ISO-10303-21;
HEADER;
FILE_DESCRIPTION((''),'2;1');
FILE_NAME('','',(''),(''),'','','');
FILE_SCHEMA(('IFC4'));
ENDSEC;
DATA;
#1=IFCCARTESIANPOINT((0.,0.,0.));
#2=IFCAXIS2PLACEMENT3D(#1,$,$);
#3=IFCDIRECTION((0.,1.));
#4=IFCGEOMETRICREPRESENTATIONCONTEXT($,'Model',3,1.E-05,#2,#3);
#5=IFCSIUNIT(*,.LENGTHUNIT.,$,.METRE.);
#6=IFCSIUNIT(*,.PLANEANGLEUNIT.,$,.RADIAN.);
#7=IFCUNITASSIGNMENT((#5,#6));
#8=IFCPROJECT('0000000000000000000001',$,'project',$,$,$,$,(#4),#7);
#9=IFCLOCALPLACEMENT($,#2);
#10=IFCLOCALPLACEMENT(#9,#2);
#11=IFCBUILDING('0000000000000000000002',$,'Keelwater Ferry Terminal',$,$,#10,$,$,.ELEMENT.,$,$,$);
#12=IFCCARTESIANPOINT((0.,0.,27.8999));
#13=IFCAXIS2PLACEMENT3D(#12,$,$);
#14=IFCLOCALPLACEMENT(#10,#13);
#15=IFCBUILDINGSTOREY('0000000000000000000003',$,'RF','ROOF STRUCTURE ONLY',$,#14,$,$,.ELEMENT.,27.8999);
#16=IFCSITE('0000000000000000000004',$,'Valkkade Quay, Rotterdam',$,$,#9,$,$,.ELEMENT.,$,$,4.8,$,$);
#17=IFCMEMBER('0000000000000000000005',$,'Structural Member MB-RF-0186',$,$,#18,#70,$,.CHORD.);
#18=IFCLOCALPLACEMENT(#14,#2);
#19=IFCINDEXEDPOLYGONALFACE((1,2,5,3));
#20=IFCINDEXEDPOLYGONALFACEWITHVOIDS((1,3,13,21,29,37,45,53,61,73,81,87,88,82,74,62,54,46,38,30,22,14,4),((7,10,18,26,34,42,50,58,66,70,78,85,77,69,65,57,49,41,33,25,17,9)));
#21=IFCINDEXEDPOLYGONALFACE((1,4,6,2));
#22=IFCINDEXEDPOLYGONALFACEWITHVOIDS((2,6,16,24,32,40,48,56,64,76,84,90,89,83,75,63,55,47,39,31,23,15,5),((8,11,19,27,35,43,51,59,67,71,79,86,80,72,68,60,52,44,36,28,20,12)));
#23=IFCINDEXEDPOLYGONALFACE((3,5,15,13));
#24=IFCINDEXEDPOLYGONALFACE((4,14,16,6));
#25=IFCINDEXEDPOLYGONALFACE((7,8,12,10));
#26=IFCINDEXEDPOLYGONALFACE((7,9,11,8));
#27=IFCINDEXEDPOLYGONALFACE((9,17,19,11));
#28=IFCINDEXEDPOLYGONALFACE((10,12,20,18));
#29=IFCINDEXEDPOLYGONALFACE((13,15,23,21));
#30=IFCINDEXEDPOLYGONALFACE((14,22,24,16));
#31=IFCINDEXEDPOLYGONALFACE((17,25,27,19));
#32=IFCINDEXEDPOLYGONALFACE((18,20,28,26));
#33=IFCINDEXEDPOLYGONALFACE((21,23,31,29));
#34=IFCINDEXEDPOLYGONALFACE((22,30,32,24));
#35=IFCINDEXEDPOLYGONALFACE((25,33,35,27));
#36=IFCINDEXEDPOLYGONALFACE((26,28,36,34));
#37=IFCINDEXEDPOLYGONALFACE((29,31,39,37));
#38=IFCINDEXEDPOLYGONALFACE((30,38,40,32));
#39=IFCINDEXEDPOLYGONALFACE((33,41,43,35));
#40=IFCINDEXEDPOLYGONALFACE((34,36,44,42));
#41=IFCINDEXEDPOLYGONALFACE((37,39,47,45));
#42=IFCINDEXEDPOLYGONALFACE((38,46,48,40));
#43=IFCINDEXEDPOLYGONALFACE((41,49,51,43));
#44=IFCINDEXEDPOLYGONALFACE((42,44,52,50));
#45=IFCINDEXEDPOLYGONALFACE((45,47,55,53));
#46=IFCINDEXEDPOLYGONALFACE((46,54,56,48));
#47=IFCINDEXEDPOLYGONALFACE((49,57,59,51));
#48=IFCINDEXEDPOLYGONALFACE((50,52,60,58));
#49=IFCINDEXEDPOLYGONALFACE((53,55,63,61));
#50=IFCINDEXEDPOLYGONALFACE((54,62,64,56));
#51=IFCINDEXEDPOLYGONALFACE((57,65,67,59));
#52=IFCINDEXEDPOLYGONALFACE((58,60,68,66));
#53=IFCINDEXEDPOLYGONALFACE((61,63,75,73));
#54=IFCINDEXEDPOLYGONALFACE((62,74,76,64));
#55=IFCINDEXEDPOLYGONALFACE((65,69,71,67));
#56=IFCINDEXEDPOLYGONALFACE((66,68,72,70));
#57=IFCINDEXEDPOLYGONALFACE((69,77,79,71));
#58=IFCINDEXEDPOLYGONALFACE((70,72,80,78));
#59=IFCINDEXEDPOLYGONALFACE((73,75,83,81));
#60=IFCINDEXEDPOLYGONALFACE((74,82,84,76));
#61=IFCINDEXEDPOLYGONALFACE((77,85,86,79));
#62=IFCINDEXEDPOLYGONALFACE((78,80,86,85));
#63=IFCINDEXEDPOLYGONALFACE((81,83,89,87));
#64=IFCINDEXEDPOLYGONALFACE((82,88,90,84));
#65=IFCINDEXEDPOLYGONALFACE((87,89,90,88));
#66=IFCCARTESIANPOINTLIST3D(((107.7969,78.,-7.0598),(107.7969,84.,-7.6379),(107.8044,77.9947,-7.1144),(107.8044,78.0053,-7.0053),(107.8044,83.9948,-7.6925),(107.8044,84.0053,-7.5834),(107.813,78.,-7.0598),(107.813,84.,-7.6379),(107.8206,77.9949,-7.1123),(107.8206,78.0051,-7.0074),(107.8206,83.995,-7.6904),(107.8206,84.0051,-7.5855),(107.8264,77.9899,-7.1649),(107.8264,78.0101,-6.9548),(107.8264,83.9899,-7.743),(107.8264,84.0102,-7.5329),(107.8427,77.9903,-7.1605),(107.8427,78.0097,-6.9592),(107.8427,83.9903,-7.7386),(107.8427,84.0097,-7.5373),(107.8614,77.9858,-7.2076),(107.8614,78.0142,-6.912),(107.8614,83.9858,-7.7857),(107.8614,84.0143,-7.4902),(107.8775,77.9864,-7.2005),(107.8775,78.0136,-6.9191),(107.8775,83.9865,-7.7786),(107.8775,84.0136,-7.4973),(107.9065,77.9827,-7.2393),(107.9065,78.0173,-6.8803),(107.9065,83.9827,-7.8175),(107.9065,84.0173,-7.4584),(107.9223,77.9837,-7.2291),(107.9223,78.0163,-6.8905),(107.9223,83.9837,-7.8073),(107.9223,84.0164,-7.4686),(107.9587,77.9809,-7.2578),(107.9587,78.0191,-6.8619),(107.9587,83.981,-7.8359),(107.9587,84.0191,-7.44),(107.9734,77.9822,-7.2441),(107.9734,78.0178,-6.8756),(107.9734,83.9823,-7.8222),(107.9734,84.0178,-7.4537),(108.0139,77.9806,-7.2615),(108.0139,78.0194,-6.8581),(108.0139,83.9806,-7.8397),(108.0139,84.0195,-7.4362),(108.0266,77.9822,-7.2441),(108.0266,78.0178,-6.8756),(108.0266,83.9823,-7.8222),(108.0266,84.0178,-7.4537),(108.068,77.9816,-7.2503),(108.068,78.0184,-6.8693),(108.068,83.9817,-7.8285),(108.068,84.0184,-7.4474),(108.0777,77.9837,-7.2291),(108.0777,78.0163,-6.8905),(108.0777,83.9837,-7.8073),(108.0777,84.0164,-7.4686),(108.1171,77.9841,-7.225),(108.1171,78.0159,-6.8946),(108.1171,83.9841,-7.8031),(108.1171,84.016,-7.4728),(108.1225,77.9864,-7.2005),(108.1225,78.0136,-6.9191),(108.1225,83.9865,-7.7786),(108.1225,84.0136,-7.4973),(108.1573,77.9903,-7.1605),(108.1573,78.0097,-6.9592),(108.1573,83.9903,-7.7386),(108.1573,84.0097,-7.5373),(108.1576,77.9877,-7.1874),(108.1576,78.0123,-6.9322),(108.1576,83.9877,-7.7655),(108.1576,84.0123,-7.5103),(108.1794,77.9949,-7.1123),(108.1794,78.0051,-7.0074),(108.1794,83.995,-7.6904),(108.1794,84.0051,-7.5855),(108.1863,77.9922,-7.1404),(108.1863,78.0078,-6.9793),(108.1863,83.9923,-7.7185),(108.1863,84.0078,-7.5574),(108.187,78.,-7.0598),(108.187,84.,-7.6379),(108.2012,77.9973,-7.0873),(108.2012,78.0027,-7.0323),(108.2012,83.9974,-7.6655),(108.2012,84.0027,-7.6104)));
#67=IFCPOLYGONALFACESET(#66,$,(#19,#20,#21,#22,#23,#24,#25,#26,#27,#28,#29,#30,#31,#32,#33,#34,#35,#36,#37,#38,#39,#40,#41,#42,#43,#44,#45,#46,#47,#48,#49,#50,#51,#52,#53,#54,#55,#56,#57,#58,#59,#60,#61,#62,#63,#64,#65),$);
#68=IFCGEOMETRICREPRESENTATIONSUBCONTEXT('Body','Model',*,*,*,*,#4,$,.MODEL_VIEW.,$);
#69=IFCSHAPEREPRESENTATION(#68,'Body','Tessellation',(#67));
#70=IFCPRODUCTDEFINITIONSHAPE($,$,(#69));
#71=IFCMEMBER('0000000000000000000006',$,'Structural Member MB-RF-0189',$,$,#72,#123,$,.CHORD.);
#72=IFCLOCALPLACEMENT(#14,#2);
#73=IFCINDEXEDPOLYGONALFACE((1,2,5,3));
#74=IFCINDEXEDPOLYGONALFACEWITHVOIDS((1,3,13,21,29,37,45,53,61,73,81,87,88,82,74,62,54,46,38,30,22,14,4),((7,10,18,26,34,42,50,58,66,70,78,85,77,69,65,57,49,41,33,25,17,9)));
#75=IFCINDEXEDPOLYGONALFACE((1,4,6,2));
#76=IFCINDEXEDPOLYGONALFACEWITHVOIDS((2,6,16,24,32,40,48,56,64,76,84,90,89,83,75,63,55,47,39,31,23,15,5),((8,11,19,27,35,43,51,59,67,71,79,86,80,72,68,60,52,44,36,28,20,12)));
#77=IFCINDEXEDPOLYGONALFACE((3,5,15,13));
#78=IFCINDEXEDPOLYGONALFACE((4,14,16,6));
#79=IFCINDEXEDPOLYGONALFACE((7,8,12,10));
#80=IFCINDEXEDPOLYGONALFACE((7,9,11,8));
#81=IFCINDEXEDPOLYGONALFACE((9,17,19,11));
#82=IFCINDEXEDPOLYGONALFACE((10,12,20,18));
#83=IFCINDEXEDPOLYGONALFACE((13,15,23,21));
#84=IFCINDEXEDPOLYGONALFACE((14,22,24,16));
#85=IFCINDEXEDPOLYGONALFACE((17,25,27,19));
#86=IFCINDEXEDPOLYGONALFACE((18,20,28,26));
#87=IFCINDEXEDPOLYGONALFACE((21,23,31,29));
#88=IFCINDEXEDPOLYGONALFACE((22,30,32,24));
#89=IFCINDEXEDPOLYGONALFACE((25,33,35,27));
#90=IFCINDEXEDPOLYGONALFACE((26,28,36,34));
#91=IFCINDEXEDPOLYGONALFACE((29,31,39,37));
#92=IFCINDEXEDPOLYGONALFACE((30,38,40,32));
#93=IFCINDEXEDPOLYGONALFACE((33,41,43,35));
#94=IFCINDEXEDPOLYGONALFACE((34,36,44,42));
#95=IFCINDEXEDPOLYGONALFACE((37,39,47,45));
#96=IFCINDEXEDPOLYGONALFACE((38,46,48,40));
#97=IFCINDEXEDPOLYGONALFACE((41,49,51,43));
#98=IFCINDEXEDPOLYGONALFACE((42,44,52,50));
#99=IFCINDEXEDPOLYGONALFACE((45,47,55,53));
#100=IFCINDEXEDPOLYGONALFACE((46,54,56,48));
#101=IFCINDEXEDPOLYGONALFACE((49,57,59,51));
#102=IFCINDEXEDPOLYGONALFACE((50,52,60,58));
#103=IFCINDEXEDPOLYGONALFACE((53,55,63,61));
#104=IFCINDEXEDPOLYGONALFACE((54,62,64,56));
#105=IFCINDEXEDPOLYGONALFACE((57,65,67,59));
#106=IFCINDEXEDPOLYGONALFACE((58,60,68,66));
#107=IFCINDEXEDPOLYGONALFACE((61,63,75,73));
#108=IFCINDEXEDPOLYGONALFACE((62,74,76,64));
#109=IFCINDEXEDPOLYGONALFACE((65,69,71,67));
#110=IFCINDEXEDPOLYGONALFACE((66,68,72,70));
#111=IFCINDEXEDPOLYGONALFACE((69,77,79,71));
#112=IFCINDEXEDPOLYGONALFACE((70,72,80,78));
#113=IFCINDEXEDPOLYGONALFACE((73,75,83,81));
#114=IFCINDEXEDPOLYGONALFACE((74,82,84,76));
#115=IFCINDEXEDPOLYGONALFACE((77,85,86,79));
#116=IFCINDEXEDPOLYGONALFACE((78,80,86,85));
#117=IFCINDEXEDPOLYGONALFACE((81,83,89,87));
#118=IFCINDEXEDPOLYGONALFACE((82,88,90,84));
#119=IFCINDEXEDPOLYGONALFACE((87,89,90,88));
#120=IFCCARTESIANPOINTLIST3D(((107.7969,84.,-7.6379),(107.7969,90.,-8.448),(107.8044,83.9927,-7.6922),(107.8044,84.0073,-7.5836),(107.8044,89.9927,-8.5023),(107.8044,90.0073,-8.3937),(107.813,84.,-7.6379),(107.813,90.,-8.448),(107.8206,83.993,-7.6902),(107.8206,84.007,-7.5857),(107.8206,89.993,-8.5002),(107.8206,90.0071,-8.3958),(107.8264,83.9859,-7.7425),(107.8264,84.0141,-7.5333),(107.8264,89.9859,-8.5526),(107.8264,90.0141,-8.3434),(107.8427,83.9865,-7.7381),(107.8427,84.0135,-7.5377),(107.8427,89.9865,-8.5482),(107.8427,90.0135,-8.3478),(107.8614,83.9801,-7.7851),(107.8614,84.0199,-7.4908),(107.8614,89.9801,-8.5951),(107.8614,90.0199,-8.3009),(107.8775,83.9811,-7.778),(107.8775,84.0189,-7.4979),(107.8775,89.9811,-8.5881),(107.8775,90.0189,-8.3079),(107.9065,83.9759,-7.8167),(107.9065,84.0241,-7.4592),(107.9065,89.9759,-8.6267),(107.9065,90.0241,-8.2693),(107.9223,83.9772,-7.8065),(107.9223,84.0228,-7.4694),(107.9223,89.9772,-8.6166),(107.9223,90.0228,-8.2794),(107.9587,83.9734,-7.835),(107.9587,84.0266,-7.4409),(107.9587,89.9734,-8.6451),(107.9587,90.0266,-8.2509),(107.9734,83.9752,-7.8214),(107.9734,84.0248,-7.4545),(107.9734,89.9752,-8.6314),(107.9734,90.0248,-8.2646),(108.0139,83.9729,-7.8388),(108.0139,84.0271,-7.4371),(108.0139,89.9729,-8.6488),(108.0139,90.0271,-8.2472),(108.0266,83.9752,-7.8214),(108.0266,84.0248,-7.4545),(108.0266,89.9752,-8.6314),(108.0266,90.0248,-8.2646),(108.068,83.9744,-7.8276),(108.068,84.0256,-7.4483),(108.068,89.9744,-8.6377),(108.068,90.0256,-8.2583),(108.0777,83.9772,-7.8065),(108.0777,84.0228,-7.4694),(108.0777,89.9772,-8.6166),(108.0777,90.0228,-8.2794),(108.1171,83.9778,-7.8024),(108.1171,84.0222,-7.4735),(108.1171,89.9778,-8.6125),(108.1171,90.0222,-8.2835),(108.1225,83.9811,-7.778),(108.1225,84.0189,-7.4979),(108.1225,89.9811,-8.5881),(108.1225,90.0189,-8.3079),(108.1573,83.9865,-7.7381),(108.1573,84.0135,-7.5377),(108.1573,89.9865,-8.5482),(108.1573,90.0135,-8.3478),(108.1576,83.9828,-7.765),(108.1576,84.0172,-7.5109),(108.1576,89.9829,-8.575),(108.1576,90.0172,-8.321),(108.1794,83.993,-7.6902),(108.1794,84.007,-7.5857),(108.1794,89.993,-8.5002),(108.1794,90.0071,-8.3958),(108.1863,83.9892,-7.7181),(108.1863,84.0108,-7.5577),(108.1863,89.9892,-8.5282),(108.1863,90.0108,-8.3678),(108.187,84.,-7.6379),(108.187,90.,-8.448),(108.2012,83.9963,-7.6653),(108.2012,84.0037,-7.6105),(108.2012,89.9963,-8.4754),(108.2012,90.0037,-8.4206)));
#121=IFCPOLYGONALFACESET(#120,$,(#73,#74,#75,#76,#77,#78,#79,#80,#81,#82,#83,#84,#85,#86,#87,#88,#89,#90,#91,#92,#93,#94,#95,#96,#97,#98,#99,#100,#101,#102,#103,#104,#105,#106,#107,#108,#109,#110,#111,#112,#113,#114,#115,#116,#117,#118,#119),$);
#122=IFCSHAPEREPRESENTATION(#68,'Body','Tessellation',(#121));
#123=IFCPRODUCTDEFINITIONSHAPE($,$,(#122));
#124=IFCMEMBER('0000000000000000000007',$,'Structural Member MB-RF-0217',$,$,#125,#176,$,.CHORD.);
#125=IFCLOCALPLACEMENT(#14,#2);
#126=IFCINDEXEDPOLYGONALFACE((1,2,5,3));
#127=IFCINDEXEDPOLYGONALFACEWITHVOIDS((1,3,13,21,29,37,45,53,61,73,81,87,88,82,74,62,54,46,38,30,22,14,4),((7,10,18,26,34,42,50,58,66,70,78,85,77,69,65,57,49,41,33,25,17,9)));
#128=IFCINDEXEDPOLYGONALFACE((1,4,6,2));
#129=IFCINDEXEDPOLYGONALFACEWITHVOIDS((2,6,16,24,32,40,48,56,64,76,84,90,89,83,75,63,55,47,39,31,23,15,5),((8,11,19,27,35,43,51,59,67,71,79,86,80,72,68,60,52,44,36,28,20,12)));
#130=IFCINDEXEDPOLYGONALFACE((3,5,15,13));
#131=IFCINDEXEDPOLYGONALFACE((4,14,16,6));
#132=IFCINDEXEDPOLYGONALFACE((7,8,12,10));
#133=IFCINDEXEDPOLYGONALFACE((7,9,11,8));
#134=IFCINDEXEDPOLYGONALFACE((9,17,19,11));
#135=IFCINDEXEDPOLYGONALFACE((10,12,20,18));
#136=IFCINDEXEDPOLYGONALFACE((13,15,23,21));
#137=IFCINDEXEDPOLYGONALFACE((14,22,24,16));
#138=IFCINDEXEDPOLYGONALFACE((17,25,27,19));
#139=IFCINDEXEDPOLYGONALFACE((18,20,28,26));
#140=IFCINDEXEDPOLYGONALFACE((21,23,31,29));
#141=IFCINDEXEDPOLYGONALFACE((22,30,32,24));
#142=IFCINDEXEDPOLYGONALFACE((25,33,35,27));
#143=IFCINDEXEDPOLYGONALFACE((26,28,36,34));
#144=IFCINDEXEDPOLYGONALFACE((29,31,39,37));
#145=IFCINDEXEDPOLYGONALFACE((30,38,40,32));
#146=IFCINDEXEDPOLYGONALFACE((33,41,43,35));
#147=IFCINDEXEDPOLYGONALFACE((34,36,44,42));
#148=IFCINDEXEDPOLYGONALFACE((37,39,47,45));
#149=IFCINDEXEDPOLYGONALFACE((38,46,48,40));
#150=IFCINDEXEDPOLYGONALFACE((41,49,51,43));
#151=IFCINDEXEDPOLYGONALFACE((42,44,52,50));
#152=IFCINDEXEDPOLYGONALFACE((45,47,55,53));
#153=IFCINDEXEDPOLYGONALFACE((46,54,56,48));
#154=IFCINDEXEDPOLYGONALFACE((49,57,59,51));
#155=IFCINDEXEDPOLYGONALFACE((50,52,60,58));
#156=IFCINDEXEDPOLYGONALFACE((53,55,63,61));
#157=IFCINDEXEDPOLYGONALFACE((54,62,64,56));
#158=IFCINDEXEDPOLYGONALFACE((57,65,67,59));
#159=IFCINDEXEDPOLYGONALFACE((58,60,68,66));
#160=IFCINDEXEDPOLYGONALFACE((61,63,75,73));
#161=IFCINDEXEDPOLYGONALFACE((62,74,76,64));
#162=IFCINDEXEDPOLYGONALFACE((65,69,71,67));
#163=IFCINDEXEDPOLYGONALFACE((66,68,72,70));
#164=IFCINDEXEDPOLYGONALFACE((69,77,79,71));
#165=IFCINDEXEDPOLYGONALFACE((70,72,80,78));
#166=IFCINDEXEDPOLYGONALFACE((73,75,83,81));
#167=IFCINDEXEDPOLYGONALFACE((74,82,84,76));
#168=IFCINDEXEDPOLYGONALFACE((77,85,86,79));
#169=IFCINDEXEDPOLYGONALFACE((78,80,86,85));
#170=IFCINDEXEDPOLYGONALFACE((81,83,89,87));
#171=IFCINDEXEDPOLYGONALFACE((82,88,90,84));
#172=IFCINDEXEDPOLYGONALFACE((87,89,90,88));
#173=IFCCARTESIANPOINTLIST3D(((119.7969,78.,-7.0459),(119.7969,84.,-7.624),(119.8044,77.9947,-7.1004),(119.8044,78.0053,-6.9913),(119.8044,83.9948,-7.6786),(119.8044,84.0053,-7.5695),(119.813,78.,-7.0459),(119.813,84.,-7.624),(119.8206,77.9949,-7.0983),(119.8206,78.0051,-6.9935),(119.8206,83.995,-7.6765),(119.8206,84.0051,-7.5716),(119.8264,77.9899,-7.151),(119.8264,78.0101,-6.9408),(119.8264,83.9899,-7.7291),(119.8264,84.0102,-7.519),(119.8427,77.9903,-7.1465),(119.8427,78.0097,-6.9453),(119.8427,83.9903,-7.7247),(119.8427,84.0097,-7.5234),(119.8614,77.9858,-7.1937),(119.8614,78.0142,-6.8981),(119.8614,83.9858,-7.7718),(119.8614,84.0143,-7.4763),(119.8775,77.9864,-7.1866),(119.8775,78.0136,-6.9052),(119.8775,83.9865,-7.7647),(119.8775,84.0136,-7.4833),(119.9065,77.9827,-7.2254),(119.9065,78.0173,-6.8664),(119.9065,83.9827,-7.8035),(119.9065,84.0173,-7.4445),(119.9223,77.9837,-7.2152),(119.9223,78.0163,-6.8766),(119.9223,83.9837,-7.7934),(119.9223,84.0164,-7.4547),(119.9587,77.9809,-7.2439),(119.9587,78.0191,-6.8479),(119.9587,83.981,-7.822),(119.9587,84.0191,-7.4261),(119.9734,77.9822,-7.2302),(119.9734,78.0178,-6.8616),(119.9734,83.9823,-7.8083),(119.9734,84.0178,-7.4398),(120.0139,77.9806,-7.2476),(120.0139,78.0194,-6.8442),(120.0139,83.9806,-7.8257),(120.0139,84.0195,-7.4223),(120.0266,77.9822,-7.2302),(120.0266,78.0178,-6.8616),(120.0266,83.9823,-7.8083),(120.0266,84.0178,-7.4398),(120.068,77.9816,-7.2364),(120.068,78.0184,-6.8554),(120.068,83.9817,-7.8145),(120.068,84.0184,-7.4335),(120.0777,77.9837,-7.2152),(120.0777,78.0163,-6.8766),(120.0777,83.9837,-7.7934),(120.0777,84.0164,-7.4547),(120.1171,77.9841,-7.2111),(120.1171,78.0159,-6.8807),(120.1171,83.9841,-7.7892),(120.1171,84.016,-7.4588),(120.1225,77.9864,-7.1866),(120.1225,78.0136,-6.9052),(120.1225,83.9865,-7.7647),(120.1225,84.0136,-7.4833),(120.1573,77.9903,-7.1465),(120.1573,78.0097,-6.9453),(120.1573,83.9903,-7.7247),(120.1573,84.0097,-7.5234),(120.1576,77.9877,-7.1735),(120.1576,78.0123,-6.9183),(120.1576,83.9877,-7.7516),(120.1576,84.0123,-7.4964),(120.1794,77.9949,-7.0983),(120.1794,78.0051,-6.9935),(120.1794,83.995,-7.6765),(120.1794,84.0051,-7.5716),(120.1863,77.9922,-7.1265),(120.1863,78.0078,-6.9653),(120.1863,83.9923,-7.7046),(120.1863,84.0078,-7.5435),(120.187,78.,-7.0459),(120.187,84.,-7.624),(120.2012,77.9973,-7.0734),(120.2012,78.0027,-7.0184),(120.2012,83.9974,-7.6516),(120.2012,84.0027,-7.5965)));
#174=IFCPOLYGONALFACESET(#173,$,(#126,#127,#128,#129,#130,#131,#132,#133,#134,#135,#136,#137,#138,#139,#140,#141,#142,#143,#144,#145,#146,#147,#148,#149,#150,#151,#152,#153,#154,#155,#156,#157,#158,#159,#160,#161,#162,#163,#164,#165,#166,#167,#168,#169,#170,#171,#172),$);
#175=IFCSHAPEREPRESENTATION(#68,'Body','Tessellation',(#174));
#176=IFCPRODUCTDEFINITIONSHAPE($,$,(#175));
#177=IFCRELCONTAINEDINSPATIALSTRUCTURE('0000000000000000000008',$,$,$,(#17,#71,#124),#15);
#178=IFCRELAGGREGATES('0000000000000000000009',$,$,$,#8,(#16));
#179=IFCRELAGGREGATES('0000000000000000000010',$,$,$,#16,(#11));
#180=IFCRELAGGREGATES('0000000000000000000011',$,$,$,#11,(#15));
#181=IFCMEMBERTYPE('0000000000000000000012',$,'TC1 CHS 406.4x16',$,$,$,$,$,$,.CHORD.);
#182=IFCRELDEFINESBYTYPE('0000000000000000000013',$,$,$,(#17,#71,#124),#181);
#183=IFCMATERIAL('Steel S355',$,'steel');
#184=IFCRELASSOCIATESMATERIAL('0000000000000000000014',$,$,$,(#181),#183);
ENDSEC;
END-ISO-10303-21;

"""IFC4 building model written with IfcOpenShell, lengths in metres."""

from ifc_helpers import new_model, si_unit, direction, frame, origin, origin_2d, place, context, subcontext, project, spatial, hollow_circle, extrude, material, material_profile, profile_set, type_object, element, save


model = new_model("IFC4")

# Units and contexts
model_context = context("Model", 3, precision=1e-05, world=origin(), true_north=direction((0.0, 1.0)))
body_context = subcontext(model_context, "Body", "Model", "MODEL_VIEW")
ifc_project = project(units=[si_unit("LENGTHUNIT", "METRE"), si_unit("PLANEANGLEUNIT", "RADIAN")], contexts=[model_context])

# Site, building, storey
site_placement = place(None, origin())
site = spatial("IfcSite", under=ifc_project, at=site_placement, Name="Valkkade Quay, Rotterdam", CompositionType="ELEMENT", RefElevation=4.8)
building_placement = place(site_placement, origin())
building = spatial("IfcBuilding", under=site, at=building_placement, Name="Keelwater Ferry Terminal", CompositionType="ELEMENT")
storey_placement = place(building_placement, frame((0.0, 0.0, 27.8999)))
storey = spatial("IfcBuildingStorey", under=building, at=storey_placement, Name="RF", Description="ROOF STRUCTURE ONLY", CompositionType="ELEMENT", Elevation=27.8999)

# Members
ifc_material_1 = material(Name="Steel S355", Category="steel")
ifc_material_profile_1 = material_profile(ifc_material_1, hollow_circle(Radius=0.2031, WallThickness=0.0161, at=origin_2d()), Name="CHS 406.4x16")
ifc_profile_set_1 = profile_set([ifc_material_profile_1], Name="Steel S355")
member_type_1 = type_object("IfcMemberType", Name="TC1 CHS 406.4x16", PredefinedType="CHORD", material=ifc_profile_set_1)
member_1_placement = place(storey_placement, frame((108.0, 78.0, -7.0598), z_axis=(0.0, 0.99539, -0.09591), x_axis=(-1.0, 0.0, 0.0)))
element("IfcMember", 1, at=member_1_placement, inside=storey, type_object=member_type_1, Name="Structural Member MB-RF-0186", PredefinedType="CHORD", context=body_context, shape_type="SweptSolid", body=[
    extrude(hollow_circle(Radius=0.2031, WallThickness=0.0161, at=origin_2d()), origin(), (0.0, 0.0, 1.0), 6.0278),
])
member_2_placement = place(storey_placement, frame((108.0, 84.0, -7.6379), z_axis=(0.0, 0.991009, -0.133796), x_axis=(-1.0, 0.0, 0.0)))
element("IfcMember", 2, at=member_2_placement, inside=storey, type_object=member_type_1, Name="Structural Member MB-RF-0189", PredefinedType="CHORD", context=body_context, shape_type="SweptSolid", body=[
    extrude(hollow_circle(Radius=0.2031, WallThickness=0.0161, at=origin_2d()), origin(), (0.0, 0.0, 1.0), 6.0544),
])
member_3_placement = place(storey_placement, frame((120.0, 78.0, -7.0459), z_axis=(0.0, 0.99539, -0.09591), x_axis=(-1.0, 0.0, 0.0)))
element("IfcMember", 3, at=member_3_placement, inside=storey, type_object=member_type_1, Name="Structural Member MB-RF-0217", PredefinedType="CHORD", context=body_context, shape_type="SweptSolid", body=[
    extrude(hollow_circle(Radius=0.2031, WallThickness=0.0161, at=origin_2d()), origin(), (0.0, 0.0, 1.0), 6.0278),
])

save(model, "model.ifc")
